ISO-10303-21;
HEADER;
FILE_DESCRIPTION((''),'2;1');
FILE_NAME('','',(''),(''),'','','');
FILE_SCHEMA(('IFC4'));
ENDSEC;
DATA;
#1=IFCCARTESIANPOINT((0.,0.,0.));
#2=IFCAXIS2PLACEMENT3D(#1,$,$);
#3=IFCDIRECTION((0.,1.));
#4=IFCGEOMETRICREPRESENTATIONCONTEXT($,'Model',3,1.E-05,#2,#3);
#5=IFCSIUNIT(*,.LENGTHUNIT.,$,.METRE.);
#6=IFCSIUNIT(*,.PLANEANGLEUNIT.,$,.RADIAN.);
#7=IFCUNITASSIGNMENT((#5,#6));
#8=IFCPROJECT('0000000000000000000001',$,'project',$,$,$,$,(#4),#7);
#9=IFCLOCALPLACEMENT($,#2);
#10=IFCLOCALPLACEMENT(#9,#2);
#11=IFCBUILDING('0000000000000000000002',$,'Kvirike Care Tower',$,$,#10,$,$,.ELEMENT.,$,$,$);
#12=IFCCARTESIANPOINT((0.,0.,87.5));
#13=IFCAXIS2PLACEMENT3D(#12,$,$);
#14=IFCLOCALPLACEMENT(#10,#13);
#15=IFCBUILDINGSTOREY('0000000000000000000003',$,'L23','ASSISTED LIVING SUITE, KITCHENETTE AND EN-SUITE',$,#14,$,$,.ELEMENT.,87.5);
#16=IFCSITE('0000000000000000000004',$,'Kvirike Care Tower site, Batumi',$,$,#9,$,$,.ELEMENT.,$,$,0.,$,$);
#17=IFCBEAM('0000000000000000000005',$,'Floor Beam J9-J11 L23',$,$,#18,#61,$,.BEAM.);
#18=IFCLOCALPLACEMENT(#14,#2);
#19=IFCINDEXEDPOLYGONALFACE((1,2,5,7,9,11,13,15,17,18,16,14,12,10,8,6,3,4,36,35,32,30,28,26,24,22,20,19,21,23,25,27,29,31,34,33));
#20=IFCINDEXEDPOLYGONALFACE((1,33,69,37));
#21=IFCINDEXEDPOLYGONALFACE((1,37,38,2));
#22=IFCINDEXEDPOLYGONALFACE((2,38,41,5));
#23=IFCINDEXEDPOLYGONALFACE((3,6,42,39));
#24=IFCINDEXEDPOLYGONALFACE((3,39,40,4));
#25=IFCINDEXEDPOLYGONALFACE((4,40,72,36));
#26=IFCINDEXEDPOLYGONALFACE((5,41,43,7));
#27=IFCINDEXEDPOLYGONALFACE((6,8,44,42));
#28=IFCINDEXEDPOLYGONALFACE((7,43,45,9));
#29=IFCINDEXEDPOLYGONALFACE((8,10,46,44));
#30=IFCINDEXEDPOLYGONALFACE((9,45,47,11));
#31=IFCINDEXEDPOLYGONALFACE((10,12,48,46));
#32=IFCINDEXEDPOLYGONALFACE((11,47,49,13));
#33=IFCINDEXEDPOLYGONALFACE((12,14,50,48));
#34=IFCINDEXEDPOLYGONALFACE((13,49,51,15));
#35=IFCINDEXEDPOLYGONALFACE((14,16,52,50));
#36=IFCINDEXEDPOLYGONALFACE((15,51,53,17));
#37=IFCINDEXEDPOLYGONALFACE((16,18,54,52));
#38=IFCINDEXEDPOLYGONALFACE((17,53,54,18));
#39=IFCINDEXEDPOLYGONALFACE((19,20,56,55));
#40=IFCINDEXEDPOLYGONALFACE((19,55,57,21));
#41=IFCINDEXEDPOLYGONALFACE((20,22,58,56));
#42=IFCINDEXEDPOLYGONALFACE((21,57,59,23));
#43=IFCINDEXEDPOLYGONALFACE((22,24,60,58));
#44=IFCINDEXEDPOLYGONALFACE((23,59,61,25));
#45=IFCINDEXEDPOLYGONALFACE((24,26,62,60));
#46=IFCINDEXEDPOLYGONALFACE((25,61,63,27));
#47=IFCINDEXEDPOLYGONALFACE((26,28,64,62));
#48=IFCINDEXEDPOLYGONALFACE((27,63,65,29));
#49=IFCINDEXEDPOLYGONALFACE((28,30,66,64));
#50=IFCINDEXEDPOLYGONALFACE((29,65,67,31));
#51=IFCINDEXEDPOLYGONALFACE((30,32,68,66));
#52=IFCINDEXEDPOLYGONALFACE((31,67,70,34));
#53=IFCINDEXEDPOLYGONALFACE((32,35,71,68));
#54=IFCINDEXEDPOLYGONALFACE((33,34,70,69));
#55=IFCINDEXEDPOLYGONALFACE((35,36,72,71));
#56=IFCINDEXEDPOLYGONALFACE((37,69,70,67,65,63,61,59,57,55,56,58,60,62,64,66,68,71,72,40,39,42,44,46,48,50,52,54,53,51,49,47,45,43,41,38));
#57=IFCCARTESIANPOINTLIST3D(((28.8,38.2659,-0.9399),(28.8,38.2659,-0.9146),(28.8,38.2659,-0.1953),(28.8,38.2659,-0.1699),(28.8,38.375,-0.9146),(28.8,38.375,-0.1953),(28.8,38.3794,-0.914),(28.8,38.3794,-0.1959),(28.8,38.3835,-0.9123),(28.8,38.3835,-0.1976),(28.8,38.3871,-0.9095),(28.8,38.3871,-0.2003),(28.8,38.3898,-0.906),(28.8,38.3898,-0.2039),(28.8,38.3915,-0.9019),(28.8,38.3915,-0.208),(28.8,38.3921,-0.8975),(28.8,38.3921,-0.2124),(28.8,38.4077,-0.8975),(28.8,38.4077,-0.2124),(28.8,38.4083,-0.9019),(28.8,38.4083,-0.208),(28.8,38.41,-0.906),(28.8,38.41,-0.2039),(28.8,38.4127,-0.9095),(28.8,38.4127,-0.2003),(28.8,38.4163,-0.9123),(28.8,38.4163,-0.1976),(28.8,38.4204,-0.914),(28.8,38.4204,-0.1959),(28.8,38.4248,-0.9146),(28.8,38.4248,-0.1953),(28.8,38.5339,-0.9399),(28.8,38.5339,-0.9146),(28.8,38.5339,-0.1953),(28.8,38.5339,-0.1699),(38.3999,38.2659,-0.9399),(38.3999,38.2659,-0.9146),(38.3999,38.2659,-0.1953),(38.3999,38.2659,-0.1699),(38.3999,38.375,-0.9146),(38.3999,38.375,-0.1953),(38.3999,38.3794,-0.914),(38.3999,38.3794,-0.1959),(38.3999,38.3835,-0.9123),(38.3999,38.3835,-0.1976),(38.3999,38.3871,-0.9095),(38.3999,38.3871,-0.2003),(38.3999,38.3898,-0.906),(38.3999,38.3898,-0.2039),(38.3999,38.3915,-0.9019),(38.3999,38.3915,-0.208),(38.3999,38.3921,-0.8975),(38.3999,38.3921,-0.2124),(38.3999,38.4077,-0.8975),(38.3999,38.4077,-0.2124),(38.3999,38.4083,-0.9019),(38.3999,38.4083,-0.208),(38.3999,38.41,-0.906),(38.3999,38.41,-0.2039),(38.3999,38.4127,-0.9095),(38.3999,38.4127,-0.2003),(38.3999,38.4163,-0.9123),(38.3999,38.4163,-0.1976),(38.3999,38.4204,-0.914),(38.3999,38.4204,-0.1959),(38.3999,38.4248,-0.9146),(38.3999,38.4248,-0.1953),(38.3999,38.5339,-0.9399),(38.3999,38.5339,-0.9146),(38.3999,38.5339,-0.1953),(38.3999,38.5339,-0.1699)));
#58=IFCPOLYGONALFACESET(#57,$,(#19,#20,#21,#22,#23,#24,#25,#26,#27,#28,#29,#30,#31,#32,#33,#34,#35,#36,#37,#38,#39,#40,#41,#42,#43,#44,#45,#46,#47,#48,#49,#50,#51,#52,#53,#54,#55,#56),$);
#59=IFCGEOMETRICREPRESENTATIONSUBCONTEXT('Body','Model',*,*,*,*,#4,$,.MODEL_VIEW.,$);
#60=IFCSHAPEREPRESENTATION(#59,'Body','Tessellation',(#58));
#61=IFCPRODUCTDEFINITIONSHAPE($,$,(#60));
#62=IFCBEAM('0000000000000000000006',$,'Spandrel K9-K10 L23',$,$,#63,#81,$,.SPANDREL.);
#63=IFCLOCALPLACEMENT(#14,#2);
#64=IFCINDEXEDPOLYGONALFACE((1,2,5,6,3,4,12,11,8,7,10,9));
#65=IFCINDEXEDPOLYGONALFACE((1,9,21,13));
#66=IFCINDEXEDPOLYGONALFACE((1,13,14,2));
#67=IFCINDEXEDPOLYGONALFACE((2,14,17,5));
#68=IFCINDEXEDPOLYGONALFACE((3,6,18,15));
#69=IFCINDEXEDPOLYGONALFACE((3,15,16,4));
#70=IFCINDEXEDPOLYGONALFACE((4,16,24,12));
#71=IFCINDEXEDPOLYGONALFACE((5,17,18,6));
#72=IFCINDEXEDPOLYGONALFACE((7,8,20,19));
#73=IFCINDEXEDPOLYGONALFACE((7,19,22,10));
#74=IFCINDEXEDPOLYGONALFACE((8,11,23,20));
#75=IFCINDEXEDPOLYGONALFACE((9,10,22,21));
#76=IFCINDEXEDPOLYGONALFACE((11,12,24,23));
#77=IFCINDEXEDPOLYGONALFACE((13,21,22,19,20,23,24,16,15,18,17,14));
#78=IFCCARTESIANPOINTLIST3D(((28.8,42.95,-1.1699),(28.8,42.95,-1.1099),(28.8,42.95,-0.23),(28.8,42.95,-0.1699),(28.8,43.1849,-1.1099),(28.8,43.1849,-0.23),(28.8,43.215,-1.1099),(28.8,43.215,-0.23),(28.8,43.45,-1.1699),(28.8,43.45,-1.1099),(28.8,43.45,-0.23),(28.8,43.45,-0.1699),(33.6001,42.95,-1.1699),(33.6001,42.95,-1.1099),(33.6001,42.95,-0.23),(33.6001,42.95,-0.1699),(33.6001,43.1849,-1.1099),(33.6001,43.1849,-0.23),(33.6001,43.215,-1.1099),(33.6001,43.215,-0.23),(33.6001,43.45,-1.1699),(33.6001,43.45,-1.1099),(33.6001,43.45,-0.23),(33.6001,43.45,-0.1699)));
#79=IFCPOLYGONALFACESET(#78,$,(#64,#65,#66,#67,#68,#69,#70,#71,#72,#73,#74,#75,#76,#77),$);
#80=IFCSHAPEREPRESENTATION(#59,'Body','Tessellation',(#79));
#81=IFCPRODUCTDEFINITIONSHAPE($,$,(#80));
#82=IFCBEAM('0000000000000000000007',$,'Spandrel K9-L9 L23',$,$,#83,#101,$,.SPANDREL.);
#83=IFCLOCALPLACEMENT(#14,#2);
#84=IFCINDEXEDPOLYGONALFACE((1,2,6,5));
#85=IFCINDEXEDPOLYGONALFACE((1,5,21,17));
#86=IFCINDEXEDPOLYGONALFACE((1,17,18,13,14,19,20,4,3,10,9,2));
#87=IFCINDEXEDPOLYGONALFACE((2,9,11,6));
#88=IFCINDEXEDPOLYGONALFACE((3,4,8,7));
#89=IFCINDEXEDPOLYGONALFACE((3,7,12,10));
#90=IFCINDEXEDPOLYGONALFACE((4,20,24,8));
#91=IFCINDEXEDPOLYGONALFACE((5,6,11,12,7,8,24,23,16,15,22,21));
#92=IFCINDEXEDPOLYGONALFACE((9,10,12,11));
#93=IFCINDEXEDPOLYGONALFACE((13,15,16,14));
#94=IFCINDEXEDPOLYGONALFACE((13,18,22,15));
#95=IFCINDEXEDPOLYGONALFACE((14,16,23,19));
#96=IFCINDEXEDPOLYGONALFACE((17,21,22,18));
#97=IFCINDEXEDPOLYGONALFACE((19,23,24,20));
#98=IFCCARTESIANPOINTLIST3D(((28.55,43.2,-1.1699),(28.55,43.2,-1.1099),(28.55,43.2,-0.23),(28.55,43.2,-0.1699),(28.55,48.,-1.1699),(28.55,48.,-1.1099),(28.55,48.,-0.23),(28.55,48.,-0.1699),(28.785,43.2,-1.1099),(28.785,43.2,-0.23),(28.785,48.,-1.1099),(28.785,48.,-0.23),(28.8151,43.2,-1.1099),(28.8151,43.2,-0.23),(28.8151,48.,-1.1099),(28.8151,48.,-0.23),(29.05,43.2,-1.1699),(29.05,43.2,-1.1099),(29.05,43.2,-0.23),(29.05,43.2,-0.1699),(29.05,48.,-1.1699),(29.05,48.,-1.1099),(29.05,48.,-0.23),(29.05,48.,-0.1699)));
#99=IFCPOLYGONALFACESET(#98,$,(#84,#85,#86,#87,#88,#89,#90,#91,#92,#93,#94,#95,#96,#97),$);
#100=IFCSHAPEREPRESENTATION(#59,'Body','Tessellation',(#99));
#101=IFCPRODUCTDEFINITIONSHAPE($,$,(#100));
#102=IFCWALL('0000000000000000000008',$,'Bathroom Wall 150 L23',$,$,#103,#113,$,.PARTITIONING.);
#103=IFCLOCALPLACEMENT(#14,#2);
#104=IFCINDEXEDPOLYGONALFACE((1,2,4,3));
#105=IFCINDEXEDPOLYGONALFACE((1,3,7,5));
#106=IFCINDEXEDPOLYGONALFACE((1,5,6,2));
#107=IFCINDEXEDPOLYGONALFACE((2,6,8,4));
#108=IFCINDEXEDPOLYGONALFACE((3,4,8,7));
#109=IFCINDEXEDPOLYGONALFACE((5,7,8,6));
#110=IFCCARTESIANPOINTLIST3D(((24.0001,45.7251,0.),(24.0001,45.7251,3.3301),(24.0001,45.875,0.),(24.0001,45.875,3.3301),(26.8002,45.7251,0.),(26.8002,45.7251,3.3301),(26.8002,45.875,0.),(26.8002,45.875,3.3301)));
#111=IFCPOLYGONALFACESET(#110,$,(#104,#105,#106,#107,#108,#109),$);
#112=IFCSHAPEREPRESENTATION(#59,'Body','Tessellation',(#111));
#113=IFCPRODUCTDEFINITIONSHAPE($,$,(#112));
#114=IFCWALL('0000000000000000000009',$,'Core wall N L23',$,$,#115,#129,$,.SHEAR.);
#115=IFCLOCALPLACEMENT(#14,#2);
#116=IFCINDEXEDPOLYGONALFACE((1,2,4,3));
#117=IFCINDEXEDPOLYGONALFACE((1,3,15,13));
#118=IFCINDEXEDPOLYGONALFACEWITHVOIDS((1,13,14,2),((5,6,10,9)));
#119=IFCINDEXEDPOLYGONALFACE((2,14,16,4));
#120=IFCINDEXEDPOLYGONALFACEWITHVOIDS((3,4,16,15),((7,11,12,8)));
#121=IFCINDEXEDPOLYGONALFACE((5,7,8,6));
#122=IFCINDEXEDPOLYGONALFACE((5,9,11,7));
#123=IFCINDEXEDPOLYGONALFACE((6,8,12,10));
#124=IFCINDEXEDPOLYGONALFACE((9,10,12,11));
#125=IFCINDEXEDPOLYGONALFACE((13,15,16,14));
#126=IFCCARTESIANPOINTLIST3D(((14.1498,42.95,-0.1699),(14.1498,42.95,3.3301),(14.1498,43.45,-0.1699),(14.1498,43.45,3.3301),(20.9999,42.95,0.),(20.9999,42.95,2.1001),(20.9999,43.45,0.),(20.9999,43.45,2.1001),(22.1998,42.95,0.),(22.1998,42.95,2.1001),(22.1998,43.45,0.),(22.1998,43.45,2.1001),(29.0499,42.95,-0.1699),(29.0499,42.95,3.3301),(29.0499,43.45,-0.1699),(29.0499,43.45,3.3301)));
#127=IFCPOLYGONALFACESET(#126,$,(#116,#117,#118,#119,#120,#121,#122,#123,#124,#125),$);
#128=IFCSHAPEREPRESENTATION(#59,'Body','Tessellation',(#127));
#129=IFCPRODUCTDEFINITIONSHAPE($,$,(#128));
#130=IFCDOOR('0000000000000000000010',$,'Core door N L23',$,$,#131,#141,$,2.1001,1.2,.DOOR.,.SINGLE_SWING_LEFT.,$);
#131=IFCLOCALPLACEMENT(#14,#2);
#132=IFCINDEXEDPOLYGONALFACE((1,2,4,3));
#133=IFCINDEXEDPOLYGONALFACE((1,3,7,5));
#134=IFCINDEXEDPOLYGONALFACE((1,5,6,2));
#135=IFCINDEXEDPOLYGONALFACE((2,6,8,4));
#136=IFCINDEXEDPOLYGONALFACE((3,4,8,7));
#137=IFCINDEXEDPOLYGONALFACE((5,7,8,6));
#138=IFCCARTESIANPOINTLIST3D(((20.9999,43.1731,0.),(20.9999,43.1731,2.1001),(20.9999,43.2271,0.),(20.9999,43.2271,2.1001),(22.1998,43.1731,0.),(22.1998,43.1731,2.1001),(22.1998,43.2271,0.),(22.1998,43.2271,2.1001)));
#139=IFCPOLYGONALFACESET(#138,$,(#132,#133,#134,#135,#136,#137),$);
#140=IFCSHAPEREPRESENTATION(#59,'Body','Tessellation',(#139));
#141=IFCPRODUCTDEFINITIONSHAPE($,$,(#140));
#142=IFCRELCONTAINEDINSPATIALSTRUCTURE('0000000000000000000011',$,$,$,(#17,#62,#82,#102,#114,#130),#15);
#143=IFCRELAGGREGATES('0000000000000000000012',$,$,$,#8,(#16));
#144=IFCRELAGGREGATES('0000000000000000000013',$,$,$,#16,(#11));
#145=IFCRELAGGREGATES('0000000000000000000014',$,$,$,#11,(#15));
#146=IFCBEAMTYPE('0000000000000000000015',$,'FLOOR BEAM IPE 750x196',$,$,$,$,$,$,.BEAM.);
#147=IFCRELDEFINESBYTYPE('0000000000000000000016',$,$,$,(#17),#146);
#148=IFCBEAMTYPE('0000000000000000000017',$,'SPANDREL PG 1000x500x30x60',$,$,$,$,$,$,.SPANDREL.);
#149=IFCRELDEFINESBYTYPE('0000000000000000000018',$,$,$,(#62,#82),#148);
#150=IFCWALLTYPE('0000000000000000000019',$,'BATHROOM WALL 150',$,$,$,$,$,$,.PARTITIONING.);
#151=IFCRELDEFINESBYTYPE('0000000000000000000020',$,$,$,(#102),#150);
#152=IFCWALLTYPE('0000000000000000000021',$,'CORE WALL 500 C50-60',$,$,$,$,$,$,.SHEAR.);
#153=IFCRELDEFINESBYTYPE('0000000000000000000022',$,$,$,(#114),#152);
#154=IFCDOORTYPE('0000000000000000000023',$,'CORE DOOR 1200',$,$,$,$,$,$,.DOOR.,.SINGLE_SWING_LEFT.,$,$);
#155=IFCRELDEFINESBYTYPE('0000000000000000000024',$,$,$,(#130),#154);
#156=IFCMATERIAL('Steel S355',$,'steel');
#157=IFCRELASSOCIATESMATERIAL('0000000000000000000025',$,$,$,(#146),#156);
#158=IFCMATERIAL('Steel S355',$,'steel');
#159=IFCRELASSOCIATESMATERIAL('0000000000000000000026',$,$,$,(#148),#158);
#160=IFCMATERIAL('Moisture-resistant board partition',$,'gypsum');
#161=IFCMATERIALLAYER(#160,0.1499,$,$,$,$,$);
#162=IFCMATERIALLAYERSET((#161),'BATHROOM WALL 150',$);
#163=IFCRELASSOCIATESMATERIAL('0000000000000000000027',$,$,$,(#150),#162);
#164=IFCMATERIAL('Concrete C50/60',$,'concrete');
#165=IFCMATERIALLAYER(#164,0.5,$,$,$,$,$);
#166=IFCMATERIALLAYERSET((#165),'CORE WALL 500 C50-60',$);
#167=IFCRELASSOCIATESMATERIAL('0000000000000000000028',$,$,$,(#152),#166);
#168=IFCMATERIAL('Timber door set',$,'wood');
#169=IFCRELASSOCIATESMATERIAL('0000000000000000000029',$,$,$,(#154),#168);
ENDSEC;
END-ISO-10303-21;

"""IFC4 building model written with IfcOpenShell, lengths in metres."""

from ifc_helpers import new_model, si_unit, direction, frame, frame_2d, origin, origin_2d, place, context, subcontext, project, spatial, rectangle, i_section, extrude, material, layer, layer_set, material_profile, profile_set, type_object, element, fill, save


model = new_model("IFC4")

# Units and contexts
model_context = context("Model", 3, precision=1e-05, world=origin(), true_north=direction((0.0, 1.0)))
body_context = subcontext(model_context, "Body", "Model", "MODEL_VIEW")
ifc_project = project(units=[si_unit("LENGTHUNIT", "METRE"), si_unit("PLANEANGLEUNIT", "RADIAN")], contexts=[model_context])

# Site, building, storey
site_placement = place(None, origin())
site = spatial("IfcSite", under=ifc_project, at=site_placement, Name="Kvirike Care Tower site, Batumi", CompositionType="ELEMENT", RefElevation=0.0)
building_placement = place(site_placement, origin())
building = spatial("IfcBuilding", under=site, at=building_placement, Name="Kvirike Care Tower", CompositionType="ELEMENT")
storey_placement = place(building_placement, frame((0.0, 0.0, 87.5)))
storey = spatial("IfcBuildingStorey", under=building, at=storey_placement, Name="L23", Description="ASSISTED LIVING SUITE, KITCHENETTE AND EN-SUITE", CompositionType="ELEMENT", Elevation=87.5)

# Beams
ifc_material_1 = material(Name="Steel S355", Category="steel")
ifc_material_profile_1 = material_profile(ifc_material_1, i_section(OverallWidth=0.2681, OverallDepth=0.77, WebThickness=0.0156, FlangeThickness=0.0254, FilletRadius=0.0171, at=origin_2d()), Name="IPE 750x196")
ifc_profile_set_1 = profile_set([ifc_material_profile_1], Name="Steel S355")
beam_type_1 = type_object("IfcBeamType", Name="FLOOR BEAM IPE 750x196", PredefinedType="BEAM", material=ifc_profile_set_1)
beam_placement = place(storey_placement, frame((28.8, 38.3999, -0.5549), z_axis=(1.0, 0.0, 0.0), x_axis=(0.0, 1.0, 0.0)))
element("IfcBeam", 1, at=beam_placement, inside=storey, type_object=beam_type_1, Name="Floor Beam J9-J11 L23", PredefinedType="BEAM", context=body_context, shape_type="SweptSolid", body=[
    extrude(i_section(OverallWidth=0.2681, OverallDepth=0.77, WebThickness=0.0156, FlangeThickness=0.0254, FilletRadius=0.0171, at=origin_2d()), origin(), (0.0, 0.0, 1.0), 9.5999),
])
ifc_material_2 = material(Name="Steel S355", Category="steel")
ifc_material_profile_2 = material_profile(ifc_material_2, i_section(OverallWidth=0.5, OverallDepth=1.0, WebThickness=0.03, FlangeThickness=0.0601, at=origin_2d()), Name="PG 1000x500x30x60")
ifc_profile_set_2 = profile_set([ifc_material_profile_2], Name="Steel S355")
beam_type_2 = type_object("IfcBeamType", Name="SPANDREL PG 1000x500x30x60", PredefinedType="SPANDREL", material=ifc_profile_set_2)
for number, where, z_axis, x_axis, name in (
    (2, (28.8, 43.2, -0.6699), (1.0, 0.0, 0.0), (0.0, 1.0, 0.0), "Spandrel K9-K10 L23"),
    (3, (28.8, 43.2, -0.6699), (0.0, 1.0, 0.0), (-1.0, 0.0, 0.0), "Spandrel K9-L9 L23"),
):
    element("IfcBeam", number, at=place(storey_placement, frame(where, z_axis=z_axis, x_axis=x_axis)), inside=storey, type_object=beam_type_2, Name=name, PredefinedType="SPANDREL", context=body_context, shape_type="SweptSolid", body=[
        extrude(i_section(OverallWidth=0.5, OverallDepth=1.0, WebThickness=0.03, FlangeThickness=0.0601, at=origin_2d()), origin(), (0.0, 0.0, 1.0), 4.8),
    ])

# Wall
ifc_material_3 = material(Name="Moisture-resistant board partition", Category="gypsum")
ifc_layer_1 = layer(ifc_material_3, 0.1499)
ifc_layer_set_1 = layer_set([ifc_layer_1], Name="BATHROOM WALL 150")
wall_type_1 = type_object("IfcWallType", Name="BATHROOM WALL 150", PredefinedType="PARTITIONING", material=ifc_layer_set_1)
wall_1_placement = place(storey_placement, frame((26.8, 45.8, 0.0), z_axis=(0.0, 0.0, 1.0), x_axis=(-1.0, 0.0, 0.0)))
element("IfcWall", 4, at=wall_1_placement, inside=storey, type_object=wall_type_1, Name="Bathroom Wall 150 L23", PredefinedType="PARTITIONING", context=body_context, shape_type="SweptSolid", body=[
    extrude(rectangle(XDim=2.8, YDim=0.1499, at=frame_2d((1.3999, 0.0))), origin(), (0.0, 0.0, 1.0), 3.3301),
])

# Wall, opening, door
ifc_material_4 = material(Name="Concrete C50/60", Category="concrete")
ifc_layer_2 = layer(ifc_material_4, 0.5)
ifc_layer_set_2 = layer_set([ifc_layer_2], Name="CORE WALL 500 C50-60")
wall_type_2 = type_object("IfcWallType", Name="CORE WALL 500 C50-60", PredefinedType="SHEAR", material=ifc_layer_set_2)
wall_2_placement = place(storey_placement, frame((29.05, 43.2, -0.1699), z_axis=(0.0, 0.0, 1.0), x_axis=(-1.0, 0.0, 0.0)))
wall_2 = element("IfcWall", 5, at=wall_2_placement, inside=storey, type_object=wall_type_2, Name="Core wall N L23", PredefinedType="SHEAR", context=body_context, shape_type="SweptSolid", body=[
    extrude(rectangle(XDim=14.9001, YDim=0.5, at=frame_2d((7.4502, 0.0))), origin(), (0.0, 0.0, 1.0), 3.5),
])
opening_1_placement = place(wall_2_placement, frame((6.8501, 0.0, 0.1699)))
opening_1 = element("IfcOpeningElement", 6, at=opening_1_placement, cuts=wall_2, PredefinedType="OPENING", context=body_context, shape_type="SweptSolid", body=[
    extrude(rectangle(XDim=1.2, YDim=2.1001, at=frame_2d((0.6001, 1.05))), frame((0.0, 0.2605, 0.0), z_axis=(0.0, -1.0, 0.0), x_axis=(1.0, 0.0, 0.0)), (0.0, 0.0, 1.0), 0.521),
])
ifc_material_5 = material(Name="Timber door set", Category="wood")
door_type_1 = type_object("IfcDoorType", Name="CORE DOOR 1200", OperationType="SINGLE_SWING_LEFT", PredefinedType="DOOR", material=ifc_material_5)
door_1_placement = place(opening_1_placement, origin())
door_1 = element("IfcDoor", 7, at=door_1_placement, inside=storey, type_object=door_type_1, Name="Core door N L23", OperationType="SINGLE_SWING_LEFT", OverallHeight=2.1001, OverallWidth=1.2, PredefinedType="DOOR", context=body_context, shape_type="SweptSolid", body=[
    extrude(rectangle(XDim=1.2, YDim=2.1001, at=frame_2d((0.6001, 1.05))), frame((0.0, 0.0269, 0.0), z_axis=(0.0, -1.0, 0.0), x_axis=(1.0, 0.0, 0.0)), (0.0, 0.0, 1.0), 0.054),
])
fill(opening_1, door_1)

save(model, "model.ifc")
